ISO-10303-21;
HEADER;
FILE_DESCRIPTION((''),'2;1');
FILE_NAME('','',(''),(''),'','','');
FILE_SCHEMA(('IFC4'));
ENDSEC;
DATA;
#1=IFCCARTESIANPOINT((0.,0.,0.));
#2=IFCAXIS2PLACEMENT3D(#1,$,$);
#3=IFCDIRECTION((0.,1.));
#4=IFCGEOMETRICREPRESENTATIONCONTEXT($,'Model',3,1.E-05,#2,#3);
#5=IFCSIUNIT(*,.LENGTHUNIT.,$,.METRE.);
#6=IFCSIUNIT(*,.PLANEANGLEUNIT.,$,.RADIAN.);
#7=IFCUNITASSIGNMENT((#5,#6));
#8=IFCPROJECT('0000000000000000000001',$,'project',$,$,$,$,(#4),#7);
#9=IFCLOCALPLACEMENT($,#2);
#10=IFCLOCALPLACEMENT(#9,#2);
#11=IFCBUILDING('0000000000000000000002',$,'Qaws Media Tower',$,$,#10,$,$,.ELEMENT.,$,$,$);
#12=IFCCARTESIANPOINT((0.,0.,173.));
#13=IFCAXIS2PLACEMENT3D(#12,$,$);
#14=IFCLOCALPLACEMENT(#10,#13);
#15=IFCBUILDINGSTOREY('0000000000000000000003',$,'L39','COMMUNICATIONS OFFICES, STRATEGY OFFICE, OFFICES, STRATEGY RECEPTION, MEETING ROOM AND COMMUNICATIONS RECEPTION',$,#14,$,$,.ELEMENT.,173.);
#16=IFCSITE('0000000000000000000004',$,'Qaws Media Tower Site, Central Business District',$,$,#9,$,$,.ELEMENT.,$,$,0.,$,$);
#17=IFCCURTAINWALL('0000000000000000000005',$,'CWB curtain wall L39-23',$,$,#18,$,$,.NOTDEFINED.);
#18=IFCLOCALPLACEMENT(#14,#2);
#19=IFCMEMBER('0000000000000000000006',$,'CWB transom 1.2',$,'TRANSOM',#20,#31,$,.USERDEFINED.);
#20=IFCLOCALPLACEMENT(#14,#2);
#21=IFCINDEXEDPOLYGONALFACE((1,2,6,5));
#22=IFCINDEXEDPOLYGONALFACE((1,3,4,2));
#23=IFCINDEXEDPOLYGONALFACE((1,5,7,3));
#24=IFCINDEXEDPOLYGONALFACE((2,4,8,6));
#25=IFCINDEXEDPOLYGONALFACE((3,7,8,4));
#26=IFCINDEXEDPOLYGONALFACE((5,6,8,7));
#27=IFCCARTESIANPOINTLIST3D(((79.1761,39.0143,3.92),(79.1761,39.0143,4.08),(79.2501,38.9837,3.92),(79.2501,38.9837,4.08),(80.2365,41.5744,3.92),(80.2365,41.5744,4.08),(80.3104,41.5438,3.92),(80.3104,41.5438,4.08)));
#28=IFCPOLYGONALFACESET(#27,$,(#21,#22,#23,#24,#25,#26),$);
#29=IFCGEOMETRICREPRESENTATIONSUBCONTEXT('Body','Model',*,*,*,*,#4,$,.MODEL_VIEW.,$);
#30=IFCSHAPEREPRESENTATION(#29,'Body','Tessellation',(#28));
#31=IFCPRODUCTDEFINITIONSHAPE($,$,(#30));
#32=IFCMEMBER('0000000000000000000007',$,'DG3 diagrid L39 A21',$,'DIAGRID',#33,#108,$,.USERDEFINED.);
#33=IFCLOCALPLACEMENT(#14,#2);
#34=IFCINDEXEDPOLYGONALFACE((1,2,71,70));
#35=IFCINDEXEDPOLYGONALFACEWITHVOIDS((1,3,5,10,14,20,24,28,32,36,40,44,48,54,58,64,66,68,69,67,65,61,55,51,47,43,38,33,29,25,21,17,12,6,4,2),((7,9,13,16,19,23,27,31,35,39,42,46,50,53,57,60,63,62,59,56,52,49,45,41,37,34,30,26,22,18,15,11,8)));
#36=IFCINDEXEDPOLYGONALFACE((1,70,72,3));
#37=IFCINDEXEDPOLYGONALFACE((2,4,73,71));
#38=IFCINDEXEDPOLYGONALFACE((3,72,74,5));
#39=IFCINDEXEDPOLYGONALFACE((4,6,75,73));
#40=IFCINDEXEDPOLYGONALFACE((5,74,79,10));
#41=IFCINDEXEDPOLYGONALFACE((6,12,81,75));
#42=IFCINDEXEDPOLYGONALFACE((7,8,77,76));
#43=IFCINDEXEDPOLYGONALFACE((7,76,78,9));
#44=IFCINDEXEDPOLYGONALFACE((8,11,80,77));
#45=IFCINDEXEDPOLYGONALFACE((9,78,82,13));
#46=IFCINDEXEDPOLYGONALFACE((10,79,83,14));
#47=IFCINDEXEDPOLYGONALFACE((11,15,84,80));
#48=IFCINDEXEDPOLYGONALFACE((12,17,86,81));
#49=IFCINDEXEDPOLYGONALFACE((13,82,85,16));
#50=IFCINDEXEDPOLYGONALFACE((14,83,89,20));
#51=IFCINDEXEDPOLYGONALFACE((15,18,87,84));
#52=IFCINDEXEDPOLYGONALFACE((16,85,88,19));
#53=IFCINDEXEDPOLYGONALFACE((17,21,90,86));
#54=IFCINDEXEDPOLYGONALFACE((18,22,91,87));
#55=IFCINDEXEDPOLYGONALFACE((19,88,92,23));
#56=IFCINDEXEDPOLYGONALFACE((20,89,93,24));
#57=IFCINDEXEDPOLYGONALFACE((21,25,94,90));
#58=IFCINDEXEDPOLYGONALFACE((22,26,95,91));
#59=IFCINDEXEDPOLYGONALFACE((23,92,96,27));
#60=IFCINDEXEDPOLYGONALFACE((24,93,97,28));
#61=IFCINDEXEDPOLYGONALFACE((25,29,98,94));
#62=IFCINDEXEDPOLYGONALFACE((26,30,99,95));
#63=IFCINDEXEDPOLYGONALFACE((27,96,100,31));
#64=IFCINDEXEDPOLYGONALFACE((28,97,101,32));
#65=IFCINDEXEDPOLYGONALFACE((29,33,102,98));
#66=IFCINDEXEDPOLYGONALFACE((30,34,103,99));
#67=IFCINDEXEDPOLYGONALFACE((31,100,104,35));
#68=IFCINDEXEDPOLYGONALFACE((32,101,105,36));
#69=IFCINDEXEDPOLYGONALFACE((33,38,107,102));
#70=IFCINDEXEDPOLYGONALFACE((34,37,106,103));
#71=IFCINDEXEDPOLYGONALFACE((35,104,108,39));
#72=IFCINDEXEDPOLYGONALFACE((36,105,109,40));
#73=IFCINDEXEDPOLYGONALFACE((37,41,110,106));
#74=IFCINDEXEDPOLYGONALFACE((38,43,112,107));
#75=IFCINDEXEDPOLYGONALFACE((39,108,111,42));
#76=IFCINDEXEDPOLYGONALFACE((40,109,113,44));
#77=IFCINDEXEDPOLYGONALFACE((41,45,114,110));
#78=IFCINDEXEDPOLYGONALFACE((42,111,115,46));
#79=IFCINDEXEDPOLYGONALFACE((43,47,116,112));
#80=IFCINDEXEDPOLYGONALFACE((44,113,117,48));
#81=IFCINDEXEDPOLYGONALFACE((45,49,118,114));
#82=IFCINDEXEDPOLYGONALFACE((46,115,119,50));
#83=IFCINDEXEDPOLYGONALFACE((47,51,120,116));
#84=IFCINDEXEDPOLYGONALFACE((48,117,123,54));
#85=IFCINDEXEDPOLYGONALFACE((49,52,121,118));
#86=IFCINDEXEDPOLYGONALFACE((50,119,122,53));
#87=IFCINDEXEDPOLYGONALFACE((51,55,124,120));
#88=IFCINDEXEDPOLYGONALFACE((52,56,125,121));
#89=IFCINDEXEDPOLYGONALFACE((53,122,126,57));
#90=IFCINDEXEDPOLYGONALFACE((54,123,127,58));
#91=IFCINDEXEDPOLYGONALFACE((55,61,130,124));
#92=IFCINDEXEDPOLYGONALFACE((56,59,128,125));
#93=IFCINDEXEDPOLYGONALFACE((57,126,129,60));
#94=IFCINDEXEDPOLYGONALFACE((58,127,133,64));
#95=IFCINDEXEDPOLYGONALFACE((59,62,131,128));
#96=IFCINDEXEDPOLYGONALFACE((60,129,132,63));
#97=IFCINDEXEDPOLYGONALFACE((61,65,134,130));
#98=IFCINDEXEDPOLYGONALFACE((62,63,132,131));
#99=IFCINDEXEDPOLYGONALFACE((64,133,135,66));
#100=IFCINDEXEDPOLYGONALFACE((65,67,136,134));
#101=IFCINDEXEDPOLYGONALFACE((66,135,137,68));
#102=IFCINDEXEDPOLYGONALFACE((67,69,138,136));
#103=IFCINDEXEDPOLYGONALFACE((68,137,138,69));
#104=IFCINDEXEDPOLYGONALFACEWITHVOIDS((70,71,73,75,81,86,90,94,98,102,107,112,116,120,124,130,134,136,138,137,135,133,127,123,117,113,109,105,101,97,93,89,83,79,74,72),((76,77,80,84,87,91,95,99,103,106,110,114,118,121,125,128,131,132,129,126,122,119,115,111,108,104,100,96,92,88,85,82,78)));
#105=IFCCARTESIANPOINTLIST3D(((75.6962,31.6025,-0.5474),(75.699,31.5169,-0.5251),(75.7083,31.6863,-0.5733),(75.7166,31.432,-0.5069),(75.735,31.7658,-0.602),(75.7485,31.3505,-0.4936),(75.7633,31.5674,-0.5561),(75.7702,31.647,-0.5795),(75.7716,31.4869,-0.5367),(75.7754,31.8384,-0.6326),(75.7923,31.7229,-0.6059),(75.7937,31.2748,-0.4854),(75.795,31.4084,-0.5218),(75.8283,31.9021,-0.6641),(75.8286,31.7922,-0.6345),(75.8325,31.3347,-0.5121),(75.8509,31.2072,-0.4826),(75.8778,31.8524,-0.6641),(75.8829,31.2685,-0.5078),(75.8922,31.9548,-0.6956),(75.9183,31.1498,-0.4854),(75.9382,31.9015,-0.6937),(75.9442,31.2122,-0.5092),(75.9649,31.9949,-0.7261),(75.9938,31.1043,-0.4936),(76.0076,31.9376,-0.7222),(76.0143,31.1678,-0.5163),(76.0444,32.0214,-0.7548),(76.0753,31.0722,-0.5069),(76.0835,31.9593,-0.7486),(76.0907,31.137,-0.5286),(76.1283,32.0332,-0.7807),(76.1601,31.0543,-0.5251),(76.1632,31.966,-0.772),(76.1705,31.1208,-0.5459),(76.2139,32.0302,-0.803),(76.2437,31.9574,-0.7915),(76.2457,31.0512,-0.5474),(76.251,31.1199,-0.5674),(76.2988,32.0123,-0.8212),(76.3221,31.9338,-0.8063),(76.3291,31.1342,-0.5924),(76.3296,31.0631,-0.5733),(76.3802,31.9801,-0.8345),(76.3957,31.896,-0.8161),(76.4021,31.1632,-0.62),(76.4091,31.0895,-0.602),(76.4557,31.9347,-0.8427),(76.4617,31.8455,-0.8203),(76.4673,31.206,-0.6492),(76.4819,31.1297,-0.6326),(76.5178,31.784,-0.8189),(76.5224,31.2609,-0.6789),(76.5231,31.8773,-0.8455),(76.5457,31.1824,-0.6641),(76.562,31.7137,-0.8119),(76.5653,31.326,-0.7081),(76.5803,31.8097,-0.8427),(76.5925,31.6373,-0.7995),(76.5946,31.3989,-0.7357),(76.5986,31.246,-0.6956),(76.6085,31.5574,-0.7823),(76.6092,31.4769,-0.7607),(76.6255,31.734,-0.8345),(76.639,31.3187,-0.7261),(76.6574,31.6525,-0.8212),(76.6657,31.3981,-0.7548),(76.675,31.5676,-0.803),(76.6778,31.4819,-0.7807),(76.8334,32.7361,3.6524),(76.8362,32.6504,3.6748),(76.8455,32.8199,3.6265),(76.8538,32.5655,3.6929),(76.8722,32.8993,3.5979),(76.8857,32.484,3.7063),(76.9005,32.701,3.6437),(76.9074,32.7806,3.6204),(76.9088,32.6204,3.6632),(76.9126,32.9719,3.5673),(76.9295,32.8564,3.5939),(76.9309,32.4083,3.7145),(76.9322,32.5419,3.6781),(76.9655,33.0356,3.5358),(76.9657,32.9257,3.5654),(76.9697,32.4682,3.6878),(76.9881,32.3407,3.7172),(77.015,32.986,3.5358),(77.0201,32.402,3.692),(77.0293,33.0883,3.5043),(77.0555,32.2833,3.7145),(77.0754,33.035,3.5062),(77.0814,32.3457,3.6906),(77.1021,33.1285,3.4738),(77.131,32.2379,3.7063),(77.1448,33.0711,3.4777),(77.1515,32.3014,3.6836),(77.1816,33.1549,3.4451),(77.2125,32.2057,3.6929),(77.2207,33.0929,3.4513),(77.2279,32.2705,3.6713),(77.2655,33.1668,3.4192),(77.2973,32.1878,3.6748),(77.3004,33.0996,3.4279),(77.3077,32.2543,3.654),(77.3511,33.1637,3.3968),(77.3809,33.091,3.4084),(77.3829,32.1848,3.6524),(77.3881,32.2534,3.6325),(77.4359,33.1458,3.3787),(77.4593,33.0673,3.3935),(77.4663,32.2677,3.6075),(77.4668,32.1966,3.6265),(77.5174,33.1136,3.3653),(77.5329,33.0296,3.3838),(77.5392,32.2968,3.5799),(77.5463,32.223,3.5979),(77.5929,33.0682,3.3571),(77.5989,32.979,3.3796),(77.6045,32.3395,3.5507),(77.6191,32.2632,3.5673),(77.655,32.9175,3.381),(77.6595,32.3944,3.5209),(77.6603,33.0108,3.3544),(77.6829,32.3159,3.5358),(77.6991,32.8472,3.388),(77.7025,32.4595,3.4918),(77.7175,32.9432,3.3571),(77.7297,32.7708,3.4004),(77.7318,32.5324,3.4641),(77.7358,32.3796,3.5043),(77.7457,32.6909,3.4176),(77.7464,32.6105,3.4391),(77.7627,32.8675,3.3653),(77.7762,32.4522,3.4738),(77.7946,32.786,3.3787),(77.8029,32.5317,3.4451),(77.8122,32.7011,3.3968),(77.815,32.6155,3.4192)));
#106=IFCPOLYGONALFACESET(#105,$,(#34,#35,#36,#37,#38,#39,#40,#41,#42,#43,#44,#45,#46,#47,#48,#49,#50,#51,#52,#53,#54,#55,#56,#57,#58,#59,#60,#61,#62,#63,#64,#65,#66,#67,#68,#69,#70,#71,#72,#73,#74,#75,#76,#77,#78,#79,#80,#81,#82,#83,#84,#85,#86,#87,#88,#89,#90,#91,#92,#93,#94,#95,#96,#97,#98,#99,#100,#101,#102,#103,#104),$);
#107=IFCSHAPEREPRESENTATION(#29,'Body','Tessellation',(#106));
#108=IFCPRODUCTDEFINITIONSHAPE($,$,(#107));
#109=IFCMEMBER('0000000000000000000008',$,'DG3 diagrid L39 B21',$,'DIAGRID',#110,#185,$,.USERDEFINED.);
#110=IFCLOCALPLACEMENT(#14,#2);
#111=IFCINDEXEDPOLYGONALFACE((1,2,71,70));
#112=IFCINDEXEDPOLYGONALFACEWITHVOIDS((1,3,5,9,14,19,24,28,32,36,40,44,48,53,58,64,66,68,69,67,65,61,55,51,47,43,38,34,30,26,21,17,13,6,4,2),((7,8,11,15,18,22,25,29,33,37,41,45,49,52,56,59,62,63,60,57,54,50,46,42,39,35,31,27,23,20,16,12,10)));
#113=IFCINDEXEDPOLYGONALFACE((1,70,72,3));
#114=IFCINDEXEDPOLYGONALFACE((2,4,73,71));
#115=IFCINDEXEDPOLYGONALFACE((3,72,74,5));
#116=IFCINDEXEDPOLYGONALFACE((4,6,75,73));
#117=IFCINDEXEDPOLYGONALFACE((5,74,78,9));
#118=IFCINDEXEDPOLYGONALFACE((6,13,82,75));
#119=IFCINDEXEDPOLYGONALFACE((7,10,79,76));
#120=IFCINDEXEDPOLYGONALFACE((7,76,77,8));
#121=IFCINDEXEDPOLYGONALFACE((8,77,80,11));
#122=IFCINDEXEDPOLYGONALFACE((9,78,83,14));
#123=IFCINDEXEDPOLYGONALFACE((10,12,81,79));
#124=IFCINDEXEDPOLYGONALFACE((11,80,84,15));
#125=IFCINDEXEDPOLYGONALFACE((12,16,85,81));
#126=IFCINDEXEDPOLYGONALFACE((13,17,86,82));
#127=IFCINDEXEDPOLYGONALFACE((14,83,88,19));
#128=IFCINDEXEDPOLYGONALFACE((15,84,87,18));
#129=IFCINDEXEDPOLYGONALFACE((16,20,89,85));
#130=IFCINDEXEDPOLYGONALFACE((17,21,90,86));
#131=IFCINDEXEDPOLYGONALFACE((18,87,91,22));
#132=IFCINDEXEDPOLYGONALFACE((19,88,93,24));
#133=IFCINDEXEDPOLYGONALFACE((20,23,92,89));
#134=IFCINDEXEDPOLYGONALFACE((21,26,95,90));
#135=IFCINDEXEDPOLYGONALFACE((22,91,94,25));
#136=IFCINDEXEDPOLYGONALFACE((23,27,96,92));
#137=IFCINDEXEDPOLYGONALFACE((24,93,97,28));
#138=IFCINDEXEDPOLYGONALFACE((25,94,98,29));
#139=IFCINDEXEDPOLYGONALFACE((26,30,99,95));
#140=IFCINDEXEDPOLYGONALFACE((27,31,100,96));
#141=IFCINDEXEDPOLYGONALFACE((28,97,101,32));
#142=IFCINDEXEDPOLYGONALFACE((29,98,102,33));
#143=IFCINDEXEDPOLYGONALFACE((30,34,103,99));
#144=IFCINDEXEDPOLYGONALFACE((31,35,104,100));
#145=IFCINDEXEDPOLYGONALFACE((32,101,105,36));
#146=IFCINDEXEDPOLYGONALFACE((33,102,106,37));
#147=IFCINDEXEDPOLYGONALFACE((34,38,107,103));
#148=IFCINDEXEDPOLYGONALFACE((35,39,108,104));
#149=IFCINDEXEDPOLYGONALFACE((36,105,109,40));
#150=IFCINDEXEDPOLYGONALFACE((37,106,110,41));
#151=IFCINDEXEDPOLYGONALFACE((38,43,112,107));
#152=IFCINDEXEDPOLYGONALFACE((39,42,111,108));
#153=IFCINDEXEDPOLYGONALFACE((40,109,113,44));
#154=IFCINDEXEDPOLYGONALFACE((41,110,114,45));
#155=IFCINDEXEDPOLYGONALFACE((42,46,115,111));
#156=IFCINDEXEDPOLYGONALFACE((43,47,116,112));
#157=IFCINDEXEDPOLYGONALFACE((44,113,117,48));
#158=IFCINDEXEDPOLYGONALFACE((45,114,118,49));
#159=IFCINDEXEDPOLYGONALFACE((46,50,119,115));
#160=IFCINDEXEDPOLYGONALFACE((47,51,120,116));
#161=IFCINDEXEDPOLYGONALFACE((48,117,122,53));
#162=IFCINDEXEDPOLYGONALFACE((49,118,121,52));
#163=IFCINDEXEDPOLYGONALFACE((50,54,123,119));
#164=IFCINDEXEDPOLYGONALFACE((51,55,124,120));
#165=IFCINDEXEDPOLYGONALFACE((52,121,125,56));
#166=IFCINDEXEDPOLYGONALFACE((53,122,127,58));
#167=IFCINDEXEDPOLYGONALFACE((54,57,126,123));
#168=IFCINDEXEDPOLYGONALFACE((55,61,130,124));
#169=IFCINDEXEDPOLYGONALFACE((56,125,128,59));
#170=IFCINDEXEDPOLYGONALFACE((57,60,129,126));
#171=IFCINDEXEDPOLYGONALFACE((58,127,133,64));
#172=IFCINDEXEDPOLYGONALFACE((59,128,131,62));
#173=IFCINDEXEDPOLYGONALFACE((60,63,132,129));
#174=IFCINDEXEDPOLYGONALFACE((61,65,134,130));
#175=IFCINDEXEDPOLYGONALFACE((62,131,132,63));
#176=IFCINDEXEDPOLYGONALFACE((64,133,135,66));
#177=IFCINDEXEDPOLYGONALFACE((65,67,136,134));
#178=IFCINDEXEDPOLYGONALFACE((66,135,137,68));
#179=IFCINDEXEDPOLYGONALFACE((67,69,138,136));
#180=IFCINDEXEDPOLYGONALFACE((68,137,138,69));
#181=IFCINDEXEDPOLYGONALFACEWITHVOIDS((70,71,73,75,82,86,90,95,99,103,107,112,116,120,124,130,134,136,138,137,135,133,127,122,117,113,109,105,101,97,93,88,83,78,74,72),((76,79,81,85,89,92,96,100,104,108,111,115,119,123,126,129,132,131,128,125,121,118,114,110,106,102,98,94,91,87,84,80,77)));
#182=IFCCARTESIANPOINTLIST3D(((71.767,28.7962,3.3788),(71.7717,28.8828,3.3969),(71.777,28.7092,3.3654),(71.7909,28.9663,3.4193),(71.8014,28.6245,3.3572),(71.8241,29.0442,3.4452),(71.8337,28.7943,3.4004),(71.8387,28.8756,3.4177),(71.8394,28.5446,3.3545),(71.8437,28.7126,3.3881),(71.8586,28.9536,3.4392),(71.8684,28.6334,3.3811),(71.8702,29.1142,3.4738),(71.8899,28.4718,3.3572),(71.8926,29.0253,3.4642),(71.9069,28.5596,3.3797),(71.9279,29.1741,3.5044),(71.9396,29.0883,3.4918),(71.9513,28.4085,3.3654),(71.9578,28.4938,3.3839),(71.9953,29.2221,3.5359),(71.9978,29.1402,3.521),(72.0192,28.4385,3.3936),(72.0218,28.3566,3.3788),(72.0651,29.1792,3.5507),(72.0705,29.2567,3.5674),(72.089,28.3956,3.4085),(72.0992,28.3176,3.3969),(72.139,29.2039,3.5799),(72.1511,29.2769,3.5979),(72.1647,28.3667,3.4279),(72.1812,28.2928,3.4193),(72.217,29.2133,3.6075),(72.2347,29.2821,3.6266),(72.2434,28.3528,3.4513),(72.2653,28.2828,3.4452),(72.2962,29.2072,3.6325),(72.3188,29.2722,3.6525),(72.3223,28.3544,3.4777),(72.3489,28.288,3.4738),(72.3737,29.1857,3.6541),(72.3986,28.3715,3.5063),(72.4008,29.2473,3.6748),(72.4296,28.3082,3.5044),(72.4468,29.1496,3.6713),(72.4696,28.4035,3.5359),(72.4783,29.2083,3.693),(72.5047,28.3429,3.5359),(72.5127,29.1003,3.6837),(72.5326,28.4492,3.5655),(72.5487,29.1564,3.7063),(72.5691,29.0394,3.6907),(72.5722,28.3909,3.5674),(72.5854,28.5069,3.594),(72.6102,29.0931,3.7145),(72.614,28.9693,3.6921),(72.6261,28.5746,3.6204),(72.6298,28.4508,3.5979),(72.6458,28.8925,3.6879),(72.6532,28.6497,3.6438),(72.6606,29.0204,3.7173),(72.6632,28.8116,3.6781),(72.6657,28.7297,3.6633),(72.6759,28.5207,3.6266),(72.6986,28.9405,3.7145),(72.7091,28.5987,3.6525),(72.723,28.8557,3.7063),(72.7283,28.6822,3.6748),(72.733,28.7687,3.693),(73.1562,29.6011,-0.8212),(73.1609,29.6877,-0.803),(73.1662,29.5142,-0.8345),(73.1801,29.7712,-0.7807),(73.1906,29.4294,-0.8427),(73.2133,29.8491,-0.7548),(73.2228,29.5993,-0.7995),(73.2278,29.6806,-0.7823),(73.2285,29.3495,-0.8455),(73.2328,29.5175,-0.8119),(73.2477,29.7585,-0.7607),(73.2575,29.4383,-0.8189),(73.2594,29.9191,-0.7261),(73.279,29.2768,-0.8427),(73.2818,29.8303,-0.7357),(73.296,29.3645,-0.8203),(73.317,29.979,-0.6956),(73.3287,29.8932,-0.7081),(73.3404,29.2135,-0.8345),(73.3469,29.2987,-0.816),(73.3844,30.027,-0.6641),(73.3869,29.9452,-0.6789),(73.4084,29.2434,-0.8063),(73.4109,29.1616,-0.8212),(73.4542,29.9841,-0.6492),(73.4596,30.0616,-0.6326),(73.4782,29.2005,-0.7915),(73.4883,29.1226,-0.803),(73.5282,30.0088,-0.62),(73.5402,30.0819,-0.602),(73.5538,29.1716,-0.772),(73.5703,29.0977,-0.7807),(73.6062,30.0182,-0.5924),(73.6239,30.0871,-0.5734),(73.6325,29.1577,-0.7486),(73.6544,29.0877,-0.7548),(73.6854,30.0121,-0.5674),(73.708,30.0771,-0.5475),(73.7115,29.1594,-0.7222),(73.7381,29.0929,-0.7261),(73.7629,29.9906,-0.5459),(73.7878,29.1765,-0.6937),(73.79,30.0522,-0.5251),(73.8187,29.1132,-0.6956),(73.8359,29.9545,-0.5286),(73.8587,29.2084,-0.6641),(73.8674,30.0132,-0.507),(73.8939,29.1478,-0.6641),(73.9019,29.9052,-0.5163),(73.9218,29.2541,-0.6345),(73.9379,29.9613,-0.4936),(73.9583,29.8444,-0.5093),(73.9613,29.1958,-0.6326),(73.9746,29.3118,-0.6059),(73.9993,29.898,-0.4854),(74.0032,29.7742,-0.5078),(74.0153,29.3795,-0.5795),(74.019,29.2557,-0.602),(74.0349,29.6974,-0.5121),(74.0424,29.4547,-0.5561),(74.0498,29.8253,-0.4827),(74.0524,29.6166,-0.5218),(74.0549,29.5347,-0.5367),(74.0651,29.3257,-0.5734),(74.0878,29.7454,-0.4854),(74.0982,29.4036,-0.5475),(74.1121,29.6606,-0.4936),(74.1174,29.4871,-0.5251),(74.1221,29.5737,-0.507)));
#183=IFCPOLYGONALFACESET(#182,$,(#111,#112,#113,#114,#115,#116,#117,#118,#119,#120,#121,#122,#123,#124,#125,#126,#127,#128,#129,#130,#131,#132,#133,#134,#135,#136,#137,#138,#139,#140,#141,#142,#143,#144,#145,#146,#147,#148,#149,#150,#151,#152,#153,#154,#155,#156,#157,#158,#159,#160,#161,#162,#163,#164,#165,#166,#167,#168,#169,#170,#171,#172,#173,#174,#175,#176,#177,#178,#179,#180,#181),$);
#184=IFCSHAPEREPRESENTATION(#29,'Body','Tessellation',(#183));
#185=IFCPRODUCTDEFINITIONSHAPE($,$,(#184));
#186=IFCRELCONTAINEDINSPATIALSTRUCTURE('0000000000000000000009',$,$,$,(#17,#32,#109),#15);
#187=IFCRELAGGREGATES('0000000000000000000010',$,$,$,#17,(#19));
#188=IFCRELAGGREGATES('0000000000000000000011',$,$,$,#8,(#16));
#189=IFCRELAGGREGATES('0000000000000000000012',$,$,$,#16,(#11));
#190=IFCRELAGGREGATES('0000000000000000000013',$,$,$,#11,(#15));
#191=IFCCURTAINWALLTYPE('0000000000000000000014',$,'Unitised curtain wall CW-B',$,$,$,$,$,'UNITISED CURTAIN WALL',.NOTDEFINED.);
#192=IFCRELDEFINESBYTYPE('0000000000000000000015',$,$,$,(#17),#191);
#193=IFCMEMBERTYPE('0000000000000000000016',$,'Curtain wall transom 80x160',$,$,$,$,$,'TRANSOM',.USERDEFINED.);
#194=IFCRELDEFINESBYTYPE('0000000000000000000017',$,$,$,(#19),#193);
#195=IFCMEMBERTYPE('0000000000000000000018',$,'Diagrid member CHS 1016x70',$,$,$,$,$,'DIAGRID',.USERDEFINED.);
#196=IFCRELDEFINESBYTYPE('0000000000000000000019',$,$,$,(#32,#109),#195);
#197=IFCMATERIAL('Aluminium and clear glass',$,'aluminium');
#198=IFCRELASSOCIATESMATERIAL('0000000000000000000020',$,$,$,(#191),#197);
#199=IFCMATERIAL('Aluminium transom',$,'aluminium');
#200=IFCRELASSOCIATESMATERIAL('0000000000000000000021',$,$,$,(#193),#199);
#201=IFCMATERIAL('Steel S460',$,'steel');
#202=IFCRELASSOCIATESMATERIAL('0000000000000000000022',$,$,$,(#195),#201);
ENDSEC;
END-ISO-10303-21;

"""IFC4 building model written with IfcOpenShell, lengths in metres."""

from ifc_helpers import new_model, si_unit, direction, frame, origin, origin_2d, place, context, subcontext, project, spatial, rectangle, hollow_circle, extrude, material, material_profile, profile_set, type_object, element, aggregate, save


model = new_model("IFC4")

# Units and contexts
model_context = context("Model", 3, precision=1e-05, world=origin(), true_north=direction((0.0, 1.0)))
body_context = subcontext(model_context, "Body", "Model", "MODEL_VIEW")
ifc_project = project(units=[si_unit("LENGTHUNIT", "METRE"), si_unit("PLANEANGLEUNIT", "RADIAN")], contexts=[model_context])

# Site, building, storey
site_placement = place(None, origin())
site = spatial("IfcSite", under=ifc_project, at=site_placement, Name="Qaws Media Tower Site, Central Business District", CompositionType="ELEMENT", RefElevation=0.0)
building_placement = place(site_placement, origin())
building = spatial("IfcBuilding", under=site, at=building_placement, Name="Qaws Media Tower", CompositionType="ELEMENT")
storey_placement = place(building_placement, frame((0.0, 0.0, 173.0)))
storey = spatial("IfcBuildingStorey", under=building, at=storey_placement, Name="L39", Description="COMMUNICATIONS OFFICES, STRATEGY OFFICE, OFFICES, STRATEGY RECEPTION, MEETING ROOM AND COMMUNICATIONS RECEPTION", CompositionType="ELEMENT", Elevation=173.0)

# Shared definitions
ifc_material_1 = material(Name="Aluminium and clear glass", Category="aluminium")
curtain_wall_type = type_object("IfcCurtainWallType", Name="Unitised curtain wall CW-B", ElementType="UNITISED CURTAIN WALL", PredefinedType="NOTDEFINED", material=ifc_material_1)

# Curtain wall
curtain_wall_1_placement = place(storey_placement, origin())
curtain_wall_1 = element("IfcCurtainWall", 1, at=curtain_wall_1_placement, inside=storey, type_object=curtain_wall_type, Name="CWB curtain wall L39-23", PredefinedType="NOTDEFINED")

# Member
ifc_material_2 = material(Name="Aluminium transom", Category="aluminium")
ifc_material_profile_1 = material_profile(ifc_material_2, rectangle(XDim=0.0801, YDim=0.1599, at=origin_2d()), Name="80x160")
ifc_profile_set_1 = profile_set([ifc_material_profile_1], Name="Aluminium transom")
member_type_1 = type_object("IfcMemberType", Name="Curtain wall transom 80x160", ElementType="TRANSOM", PredefinedType="USERDEFINED", material=ifc_profile_set_1)
member_1_placement = place(storey_placement, frame((79.2131, 38.999, 4.0), z_axis=(0.38265, 0.923893, 0.0), x_axis=(-0.923893, 0.38265, 0.0)))
member_1 = element("IfcMember", 2, at=member_1_placement, type_object=member_type_1, Name="CWB transom 1.2", ObjectType="TRANSOM", PredefinedType="USERDEFINED", context=body_context, shape_type="SweptSolid", body=[
    extrude(rectangle(XDim=0.0801, YDim=0.1599, at=origin_2d()), origin(), (0.0, 0.0, 1.0), 2.771),
])
aggregate(curtain_wall_1, [member_1])

# Members
ifc_material_3 = material(Name="Steel S460", Category="steel")
ifc_material_profile_2 = material_profile(ifc_material_3, hollow_circle(Radius=0.5081, WallThickness=0.0701, at=origin_2d()), Name="CHS 1016x70")
ifc_profile_set_2 = profile_set([ifc_material_profile_2], Name="Steel S460")
member_type_2 = type_object("IfcMemberType", Name="Diagrid member CHS 1016x70", ElementType="DIAGRID", PredefinedType="USERDEFINED", material=ifc_profile_set_2)
for number, where, z_axis, x_axis, name in (
    (3, (76.187, 31.5422, -0.6641), (0.252914, 0.2521, 0.934066), (-0.705965, 0.708246, 0.0), "DG3 diagrid L39 A21"),
    (4, (73.6392, 29.5874, -0.6641), (-0.308952, -0.179018, 0.934078), (0.501354, -0.865242, 0.0), "DG3 diagrid L39 B21"),
):
    element("IfcMember", number, at=place(storey_placement, frame(where, z_axis=z_axis, x_axis=x_axis)), inside=storey, type_object=member_type_2, Name=name, ObjectType="DIAGRID", PredefinedType="USERDEFINED", context=body_context, shape_type="SweptSolid", body=[
        extrude(hollow_circle(Radius=0.5081, WallThickness=0.0701, at=origin_2d()), origin(), (0.0, 0.0, 1.0), 4.4963),
    ])

save(model, "model.ifc")
